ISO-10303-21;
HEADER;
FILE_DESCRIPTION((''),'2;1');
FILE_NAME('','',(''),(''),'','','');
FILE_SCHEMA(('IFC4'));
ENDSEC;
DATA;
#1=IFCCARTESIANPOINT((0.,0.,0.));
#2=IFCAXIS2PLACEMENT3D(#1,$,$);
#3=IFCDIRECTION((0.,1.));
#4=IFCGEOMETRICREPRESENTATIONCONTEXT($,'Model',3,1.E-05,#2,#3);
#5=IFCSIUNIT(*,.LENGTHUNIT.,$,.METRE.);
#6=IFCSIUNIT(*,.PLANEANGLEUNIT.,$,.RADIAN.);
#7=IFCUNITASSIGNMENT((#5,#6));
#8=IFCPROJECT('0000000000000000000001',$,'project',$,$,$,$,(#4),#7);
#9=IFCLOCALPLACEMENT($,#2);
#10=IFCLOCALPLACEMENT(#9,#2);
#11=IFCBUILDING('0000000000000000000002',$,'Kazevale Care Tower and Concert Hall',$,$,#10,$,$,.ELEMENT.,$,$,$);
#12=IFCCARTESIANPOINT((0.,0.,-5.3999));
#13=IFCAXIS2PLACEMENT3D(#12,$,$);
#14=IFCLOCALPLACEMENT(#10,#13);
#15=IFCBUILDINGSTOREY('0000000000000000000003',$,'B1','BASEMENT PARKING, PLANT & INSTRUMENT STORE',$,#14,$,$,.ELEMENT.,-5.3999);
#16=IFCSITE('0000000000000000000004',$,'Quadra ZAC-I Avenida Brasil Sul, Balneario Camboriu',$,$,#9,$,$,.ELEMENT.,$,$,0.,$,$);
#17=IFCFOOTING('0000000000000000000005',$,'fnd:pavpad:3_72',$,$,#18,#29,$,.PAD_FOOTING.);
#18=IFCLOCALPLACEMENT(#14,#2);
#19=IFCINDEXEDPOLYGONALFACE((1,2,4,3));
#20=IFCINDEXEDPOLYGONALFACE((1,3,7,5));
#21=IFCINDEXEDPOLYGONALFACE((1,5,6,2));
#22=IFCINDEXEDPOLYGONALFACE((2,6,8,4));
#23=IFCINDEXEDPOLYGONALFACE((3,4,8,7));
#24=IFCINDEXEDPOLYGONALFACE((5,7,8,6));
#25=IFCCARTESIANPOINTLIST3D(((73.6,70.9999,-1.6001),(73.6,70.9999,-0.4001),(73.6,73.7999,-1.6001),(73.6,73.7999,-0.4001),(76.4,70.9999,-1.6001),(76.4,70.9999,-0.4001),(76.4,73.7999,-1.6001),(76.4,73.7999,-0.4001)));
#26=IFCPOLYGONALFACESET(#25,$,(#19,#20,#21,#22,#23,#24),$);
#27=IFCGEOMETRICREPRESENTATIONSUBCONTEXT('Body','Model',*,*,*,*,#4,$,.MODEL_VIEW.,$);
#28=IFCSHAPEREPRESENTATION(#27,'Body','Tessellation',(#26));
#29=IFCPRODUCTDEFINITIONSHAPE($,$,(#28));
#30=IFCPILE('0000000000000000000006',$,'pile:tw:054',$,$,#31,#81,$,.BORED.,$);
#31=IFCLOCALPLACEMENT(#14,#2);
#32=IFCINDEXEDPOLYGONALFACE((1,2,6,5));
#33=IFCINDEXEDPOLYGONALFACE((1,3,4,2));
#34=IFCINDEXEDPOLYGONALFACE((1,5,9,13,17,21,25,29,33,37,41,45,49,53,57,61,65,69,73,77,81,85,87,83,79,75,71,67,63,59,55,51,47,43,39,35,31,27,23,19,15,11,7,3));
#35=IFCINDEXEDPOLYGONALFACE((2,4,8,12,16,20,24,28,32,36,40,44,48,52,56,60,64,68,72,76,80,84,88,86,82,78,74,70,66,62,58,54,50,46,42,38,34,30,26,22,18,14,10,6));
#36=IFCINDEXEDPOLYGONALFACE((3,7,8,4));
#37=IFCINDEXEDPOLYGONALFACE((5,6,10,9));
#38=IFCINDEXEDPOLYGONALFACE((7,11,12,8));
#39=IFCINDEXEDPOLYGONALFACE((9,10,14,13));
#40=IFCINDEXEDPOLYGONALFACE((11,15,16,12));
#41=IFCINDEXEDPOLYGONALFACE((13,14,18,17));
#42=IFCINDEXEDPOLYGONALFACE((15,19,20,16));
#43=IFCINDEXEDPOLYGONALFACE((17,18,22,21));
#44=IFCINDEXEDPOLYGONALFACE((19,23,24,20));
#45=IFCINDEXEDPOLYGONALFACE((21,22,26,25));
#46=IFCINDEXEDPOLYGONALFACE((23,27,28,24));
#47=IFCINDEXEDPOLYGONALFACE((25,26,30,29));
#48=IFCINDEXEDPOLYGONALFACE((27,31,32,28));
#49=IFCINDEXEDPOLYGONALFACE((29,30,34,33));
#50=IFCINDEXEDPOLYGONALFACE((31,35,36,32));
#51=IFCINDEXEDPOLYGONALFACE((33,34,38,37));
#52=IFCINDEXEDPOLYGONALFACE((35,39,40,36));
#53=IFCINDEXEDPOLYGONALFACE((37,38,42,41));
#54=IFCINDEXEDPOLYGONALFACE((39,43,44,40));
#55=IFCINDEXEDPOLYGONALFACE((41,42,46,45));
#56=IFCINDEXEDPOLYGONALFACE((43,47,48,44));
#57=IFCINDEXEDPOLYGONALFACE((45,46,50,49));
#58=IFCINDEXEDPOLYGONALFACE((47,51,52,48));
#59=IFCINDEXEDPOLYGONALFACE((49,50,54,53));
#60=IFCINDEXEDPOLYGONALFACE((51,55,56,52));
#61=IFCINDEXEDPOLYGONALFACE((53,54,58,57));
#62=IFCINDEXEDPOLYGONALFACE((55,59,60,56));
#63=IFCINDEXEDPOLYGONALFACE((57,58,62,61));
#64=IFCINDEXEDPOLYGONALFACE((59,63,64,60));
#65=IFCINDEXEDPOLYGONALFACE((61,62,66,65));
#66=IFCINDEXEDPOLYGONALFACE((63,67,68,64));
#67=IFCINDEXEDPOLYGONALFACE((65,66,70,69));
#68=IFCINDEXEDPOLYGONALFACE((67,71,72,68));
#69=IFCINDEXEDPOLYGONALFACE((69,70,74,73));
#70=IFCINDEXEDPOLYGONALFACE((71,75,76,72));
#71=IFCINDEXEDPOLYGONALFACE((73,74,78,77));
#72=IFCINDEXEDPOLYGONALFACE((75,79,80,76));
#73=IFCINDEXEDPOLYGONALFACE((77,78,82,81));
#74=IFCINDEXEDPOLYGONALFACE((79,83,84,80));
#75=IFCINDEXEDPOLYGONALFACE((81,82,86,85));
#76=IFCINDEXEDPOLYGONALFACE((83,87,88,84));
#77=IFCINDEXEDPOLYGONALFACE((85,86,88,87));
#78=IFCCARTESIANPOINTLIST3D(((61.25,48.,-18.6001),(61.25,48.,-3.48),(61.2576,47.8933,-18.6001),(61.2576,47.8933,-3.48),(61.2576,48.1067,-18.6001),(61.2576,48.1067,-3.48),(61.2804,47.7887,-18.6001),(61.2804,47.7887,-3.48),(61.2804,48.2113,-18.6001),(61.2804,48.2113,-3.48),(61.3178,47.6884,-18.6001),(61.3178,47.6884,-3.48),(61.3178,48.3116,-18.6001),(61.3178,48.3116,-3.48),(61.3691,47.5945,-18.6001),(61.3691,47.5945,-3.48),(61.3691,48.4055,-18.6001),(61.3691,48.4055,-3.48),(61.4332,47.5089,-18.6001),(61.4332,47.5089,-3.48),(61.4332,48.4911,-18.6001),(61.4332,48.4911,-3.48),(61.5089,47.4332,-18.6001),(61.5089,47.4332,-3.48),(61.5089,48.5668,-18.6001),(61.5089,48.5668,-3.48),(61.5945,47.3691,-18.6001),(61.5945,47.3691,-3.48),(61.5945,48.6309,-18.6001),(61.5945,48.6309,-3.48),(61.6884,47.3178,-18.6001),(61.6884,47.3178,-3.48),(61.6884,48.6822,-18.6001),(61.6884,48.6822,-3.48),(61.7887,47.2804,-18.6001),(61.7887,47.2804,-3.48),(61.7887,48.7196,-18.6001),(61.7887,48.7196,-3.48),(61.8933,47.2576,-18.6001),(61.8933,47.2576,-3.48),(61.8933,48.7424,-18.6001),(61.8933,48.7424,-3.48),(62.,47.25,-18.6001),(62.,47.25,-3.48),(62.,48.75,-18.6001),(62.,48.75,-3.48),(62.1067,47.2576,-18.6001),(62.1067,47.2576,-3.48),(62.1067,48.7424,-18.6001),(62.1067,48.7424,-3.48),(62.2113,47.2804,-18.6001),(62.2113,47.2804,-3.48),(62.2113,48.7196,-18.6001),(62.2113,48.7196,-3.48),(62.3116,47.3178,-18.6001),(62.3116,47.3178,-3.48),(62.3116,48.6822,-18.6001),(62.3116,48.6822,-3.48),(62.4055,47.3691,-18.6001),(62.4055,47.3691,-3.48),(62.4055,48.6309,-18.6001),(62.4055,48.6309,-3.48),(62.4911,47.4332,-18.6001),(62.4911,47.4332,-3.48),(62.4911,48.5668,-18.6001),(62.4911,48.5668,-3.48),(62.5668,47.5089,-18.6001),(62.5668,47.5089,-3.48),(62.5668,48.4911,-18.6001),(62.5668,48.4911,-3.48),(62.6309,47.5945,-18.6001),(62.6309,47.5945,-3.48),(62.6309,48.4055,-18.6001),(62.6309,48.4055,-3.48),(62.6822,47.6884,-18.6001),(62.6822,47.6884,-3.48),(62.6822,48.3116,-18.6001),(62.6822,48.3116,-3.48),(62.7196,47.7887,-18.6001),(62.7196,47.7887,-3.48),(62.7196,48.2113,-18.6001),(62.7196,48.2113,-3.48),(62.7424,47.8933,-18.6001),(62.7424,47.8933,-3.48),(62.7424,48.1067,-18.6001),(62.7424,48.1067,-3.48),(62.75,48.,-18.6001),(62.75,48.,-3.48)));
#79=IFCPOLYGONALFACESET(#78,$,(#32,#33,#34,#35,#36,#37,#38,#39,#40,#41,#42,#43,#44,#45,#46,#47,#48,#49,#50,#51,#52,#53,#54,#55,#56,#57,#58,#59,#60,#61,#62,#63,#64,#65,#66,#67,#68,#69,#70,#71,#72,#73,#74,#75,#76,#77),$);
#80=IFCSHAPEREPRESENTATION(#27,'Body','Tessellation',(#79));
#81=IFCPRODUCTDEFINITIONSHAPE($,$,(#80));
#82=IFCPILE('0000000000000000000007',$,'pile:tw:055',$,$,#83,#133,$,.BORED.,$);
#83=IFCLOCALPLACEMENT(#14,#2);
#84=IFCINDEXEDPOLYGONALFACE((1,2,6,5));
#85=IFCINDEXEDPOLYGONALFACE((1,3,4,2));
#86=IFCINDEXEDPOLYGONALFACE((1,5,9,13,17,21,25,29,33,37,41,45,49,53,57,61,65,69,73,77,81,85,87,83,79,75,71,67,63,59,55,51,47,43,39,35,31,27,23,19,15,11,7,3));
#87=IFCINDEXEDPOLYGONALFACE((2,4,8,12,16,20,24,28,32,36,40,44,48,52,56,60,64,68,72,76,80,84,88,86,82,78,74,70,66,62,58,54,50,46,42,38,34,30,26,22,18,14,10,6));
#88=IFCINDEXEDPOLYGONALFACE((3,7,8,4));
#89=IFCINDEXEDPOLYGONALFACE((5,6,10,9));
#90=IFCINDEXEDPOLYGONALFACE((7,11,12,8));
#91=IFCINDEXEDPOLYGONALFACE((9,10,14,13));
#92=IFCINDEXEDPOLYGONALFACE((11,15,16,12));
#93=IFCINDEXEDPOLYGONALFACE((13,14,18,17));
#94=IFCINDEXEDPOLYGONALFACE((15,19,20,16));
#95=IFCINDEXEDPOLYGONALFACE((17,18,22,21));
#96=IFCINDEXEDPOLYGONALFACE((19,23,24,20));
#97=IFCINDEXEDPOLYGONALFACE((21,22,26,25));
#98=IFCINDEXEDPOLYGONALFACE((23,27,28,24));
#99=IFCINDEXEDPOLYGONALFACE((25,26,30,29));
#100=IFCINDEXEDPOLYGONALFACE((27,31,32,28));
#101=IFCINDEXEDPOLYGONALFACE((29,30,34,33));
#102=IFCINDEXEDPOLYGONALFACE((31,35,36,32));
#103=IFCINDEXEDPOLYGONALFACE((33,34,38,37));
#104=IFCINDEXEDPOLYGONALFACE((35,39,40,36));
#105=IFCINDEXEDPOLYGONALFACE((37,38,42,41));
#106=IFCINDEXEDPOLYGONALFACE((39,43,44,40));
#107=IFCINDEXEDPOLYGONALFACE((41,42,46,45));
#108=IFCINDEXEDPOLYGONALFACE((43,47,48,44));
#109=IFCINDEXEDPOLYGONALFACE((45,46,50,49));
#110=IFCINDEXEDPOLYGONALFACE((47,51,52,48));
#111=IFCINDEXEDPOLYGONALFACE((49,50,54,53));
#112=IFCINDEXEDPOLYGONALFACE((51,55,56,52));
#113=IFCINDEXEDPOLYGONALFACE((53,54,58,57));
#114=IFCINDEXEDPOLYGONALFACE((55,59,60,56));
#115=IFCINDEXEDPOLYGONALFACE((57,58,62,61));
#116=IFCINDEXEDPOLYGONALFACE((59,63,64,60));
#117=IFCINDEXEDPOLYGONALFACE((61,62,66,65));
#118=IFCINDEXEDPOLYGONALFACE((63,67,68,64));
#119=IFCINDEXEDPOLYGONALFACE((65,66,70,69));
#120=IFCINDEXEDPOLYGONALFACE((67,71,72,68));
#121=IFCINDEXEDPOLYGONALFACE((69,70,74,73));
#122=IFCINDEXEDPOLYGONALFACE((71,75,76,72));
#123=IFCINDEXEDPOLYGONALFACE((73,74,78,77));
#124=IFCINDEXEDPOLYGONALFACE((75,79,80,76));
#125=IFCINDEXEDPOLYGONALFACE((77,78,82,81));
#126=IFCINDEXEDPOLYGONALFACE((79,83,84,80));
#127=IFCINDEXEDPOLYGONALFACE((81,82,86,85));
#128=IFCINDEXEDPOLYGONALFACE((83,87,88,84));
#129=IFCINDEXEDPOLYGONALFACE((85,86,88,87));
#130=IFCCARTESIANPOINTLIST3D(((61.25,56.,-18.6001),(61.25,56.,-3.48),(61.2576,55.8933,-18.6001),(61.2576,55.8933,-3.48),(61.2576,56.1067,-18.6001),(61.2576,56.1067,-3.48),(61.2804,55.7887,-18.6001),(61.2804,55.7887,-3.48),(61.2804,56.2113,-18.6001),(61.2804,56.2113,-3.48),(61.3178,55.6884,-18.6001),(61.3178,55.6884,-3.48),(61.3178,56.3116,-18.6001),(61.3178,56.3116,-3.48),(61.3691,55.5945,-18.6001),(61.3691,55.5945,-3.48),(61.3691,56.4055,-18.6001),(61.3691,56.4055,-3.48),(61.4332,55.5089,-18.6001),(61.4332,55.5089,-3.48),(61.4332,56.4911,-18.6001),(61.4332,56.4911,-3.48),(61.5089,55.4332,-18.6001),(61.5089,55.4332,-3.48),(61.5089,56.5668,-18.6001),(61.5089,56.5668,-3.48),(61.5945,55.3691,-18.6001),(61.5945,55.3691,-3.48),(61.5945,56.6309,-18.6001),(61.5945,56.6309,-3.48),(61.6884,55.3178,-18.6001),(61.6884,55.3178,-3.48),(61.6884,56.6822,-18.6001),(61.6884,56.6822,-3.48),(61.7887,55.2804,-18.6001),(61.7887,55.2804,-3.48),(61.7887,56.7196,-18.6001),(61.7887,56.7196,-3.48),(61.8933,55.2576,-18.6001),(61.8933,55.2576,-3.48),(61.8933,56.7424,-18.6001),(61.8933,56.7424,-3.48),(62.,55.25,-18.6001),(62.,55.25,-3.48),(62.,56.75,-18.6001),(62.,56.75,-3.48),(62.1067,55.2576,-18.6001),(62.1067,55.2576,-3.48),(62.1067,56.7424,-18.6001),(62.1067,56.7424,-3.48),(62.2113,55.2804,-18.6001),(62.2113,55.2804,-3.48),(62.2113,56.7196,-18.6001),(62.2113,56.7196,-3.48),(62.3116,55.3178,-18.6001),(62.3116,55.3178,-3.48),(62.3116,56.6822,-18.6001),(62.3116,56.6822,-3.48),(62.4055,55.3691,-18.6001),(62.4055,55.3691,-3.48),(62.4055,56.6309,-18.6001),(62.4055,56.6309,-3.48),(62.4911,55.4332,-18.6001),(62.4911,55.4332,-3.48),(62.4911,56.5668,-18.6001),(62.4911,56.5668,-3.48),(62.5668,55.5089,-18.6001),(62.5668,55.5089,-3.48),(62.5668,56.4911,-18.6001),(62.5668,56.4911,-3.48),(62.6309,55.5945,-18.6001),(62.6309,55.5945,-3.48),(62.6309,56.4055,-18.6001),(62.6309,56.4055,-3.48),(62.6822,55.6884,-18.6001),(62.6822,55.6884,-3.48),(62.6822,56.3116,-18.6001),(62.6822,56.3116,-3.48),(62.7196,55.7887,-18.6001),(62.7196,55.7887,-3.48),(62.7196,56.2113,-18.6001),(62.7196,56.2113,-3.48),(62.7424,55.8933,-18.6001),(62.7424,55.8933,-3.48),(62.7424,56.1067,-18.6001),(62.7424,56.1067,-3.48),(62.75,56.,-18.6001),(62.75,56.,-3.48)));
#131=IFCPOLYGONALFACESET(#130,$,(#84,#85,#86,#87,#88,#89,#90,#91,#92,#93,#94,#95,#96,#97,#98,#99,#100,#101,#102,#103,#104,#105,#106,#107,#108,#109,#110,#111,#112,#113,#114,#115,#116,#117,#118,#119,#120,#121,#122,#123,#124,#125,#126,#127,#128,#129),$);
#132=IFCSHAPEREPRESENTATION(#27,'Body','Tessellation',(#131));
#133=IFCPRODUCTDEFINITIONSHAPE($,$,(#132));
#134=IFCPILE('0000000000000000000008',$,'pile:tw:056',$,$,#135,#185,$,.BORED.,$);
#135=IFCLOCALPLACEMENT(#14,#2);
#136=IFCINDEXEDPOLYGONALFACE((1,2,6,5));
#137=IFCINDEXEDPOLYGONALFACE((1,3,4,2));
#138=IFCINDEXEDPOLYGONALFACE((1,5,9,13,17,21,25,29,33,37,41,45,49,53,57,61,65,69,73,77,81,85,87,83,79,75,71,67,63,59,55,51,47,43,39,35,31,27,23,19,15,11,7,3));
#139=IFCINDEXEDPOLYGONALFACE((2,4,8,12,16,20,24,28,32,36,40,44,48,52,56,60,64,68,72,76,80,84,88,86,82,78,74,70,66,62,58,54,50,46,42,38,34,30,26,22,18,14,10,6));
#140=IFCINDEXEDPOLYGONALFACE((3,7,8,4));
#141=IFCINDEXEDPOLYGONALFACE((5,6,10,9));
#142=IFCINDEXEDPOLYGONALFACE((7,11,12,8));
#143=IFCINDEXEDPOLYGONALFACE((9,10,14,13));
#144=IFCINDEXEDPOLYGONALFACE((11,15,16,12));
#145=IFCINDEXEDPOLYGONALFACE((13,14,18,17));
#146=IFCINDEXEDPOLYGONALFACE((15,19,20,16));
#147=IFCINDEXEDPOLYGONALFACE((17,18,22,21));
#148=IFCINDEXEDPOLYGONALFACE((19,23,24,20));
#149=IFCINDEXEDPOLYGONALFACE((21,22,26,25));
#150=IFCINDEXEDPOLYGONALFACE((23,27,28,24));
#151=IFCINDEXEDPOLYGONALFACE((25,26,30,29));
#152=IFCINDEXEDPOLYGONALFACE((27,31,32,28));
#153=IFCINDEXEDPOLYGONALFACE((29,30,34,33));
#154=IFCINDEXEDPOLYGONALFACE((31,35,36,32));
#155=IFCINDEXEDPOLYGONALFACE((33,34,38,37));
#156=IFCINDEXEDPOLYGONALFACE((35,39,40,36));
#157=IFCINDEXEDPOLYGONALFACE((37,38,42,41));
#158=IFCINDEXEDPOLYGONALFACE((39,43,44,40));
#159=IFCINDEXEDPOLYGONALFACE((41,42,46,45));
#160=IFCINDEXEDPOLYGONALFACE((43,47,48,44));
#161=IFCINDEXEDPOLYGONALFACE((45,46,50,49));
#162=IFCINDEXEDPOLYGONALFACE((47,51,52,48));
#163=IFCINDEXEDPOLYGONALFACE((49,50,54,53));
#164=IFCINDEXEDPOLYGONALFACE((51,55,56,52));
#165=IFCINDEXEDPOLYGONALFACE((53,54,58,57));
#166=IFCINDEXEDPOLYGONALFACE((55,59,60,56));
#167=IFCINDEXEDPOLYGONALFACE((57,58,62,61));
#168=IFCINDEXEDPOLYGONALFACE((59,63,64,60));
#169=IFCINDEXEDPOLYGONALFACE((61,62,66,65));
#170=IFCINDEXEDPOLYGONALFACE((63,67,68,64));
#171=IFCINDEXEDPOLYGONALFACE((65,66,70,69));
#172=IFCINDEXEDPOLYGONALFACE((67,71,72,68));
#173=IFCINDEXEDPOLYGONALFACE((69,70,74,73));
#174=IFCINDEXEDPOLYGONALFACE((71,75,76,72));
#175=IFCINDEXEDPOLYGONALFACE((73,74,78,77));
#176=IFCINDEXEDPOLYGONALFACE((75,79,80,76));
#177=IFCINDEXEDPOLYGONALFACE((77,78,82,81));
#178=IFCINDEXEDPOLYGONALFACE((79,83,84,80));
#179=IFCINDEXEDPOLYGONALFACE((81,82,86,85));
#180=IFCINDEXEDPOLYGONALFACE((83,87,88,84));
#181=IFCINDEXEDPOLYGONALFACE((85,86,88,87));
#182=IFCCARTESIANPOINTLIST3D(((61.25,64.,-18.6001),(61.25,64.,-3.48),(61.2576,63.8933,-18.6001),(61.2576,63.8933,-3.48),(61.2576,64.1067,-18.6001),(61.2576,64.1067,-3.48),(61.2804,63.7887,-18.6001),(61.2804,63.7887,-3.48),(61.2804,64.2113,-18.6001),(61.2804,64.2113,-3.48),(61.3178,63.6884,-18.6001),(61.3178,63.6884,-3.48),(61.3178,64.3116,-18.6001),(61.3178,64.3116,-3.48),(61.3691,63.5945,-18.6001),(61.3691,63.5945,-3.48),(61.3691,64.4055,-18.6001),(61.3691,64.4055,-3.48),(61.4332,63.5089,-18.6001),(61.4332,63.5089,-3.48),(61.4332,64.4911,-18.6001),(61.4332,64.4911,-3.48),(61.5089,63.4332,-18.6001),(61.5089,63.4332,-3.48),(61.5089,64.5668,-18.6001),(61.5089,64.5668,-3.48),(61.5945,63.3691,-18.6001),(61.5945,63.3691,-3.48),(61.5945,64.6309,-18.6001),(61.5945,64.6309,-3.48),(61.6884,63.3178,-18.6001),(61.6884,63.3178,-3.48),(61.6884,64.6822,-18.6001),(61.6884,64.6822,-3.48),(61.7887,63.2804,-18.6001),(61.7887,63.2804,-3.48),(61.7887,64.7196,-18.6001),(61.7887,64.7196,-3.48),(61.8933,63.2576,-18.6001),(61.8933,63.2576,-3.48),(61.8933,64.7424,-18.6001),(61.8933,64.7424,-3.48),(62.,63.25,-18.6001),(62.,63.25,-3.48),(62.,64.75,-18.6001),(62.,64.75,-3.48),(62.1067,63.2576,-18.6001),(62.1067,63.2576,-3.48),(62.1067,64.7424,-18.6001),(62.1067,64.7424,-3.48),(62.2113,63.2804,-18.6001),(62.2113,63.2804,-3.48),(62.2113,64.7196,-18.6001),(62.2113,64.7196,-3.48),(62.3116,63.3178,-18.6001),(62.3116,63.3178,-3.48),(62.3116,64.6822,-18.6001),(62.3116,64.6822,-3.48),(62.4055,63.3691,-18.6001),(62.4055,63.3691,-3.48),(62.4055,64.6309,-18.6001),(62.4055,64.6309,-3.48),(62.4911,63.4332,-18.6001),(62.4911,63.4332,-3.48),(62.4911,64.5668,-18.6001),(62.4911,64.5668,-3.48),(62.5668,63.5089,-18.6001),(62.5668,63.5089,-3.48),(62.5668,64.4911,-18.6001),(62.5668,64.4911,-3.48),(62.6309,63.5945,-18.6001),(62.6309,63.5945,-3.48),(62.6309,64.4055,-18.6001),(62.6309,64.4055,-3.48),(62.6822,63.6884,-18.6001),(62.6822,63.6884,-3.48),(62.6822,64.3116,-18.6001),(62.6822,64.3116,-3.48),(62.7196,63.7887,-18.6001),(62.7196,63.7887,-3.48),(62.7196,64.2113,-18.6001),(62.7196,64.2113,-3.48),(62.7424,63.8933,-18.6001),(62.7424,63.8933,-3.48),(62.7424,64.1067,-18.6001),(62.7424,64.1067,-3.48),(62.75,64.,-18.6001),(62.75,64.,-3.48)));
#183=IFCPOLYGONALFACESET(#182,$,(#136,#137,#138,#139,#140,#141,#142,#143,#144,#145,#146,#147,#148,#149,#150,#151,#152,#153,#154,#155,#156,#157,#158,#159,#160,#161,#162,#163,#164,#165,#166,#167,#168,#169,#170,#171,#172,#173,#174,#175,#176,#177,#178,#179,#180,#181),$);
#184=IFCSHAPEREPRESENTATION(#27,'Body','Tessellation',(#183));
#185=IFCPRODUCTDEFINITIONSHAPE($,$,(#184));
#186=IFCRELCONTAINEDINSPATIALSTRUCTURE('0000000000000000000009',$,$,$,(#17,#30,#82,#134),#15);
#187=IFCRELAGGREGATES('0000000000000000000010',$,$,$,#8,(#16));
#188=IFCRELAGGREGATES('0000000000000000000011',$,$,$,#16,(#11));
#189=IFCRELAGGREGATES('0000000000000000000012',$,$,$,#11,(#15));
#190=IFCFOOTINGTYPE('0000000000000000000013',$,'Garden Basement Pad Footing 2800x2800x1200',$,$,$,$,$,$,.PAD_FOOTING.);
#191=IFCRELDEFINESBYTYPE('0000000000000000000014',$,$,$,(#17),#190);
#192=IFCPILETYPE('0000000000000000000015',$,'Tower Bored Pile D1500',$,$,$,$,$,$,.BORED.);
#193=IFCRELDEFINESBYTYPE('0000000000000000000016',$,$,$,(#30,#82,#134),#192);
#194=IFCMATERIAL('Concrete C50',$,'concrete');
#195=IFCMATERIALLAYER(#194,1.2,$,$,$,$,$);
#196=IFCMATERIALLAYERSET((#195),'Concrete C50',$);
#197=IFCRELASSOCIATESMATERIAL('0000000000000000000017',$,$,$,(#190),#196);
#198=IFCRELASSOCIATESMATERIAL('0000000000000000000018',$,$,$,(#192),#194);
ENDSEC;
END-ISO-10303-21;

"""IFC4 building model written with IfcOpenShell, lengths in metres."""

from ifc_helpers import new_model, si_unit, direction, frame, origin, origin_2d, place, context, subcontext, project, spatial, rectangle, circle, extrude, material, layer, layer_set, material_profile, profile_set, type_object, element, save


model = new_model("IFC4")

# Units and contexts
model_context = context("Model", 3, precision=1e-05, world=origin(), true_north=direction((0.0, 1.0)))
body_context = subcontext(model_context, "Body", "Model", "MODEL_VIEW")
ifc_project = project(units=[si_unit("LENGTHUNIT", "METRE"), si_unit("PLANEANGLEUNIT", "RADIAN")], contexts=[model_context])

# Site, building, storey
site_placement = place(None, origin())
site = spatial("IfcSite", under=ifc_project, at=site_placement, Name="Quadra ZAC-I Avenida Brasil Sul, Balneario Camboriu", CompositionType="ELEMENT", RefElevation=0.0)
building_placement = place(site_placement, origin())
building = spatial("IfcBuilding", under=site, at=building_placement, Name="Kazevale Care Tower and Concert Hall", CompositionType="ELEMENT")
storey_placement = place(building_placement, frame((0.0, 0.0, -5.3999)))
storey = spatial("IfcBuildingStorey", under=building, at=storey_placement, Name="B1", Description="BASEMENT PARKING, PLANT & INSTRUMENT STORE", CompositionType="ELEMENT", Elevation=-5.3999)

# Footing
ifc_material_1 = material(Name="Concrete C50", Category="concrete")
ifc_layer = layer(ifc_material_1, 1.2)
ifc_layer_set = layer_set([ifc_layer], Name="Concrete C50")
footing_type = type_object("IfcFootingType", Name="Garden Basement Pad Footing 2800x2800x1200", PredefinedType="PAD_FOOTING", material=ifc_layer_set)
footing_placement = place(storey_placement, frame((75.0, 72.3999, -1.6001), z_axis=(0.0, 0.0, 1.0), x_axis=(1.0, 0.0, 0.0)))
element("IfcFooting", 1, at=footing_placement, inside=storey, type_object=footing_type, Name="fnd:pavpad:3_72", PredefinedType="PAD_FOOTING", context=body_context, shape_type="SweptSolid", body=[
    extrude(rectangle(XDim=2.8, YDim=2.8, at=origin_2d()), origin(), (0.0, 0.0, 1.0), 1.2),
])

# Piles
ifc_material_profile_1 = material_profile(ifc_material_1, circle(Radius=0.75, at=origin_2d()), Name="PILE-D1500")
ifc_profile_set_1 = profile_set([ifc_material_profile_1], Name="Concrete C50")
pile_type = type_object("IfcPileType", Name="Tower Bored Pile D1500", PredefinedType="BORED", material=ifc_profile_set_1)
for number, where, z_axis, x_axis, name in (
    (2, (62.0, 48.0, -3.48), (0.0, 0.0, -1.0), (1.0, 0.0, 0.0), "pile:tw:054"),
    (3, (62.0, 56.0, -3.48), (0.0, 0.0, -1.0), (1.0, 0.0, 0.0), "pile:tw:055"),
    (4, (62.0, 64.0, -3.48), (0.0, 0.0, -1.0), (1.0, 0.0, 0.0), "pile:tw:056"),
):
    element("IfcPile", number, at=place(storey_placement, frame(where, z_axis=z_axis, x_axis=x_axis)), inside=storey, type_object=pile_type, Name=name, PredefinedType="BORED", context=body_context, shape_type="SweptSolid", body=[
        extrude(circle(Radius=0.75, at=origin_2d()), origin(), (0.0, 0.0, 1.0), 15.1201),
    ])

save(model, "model.ifc")
